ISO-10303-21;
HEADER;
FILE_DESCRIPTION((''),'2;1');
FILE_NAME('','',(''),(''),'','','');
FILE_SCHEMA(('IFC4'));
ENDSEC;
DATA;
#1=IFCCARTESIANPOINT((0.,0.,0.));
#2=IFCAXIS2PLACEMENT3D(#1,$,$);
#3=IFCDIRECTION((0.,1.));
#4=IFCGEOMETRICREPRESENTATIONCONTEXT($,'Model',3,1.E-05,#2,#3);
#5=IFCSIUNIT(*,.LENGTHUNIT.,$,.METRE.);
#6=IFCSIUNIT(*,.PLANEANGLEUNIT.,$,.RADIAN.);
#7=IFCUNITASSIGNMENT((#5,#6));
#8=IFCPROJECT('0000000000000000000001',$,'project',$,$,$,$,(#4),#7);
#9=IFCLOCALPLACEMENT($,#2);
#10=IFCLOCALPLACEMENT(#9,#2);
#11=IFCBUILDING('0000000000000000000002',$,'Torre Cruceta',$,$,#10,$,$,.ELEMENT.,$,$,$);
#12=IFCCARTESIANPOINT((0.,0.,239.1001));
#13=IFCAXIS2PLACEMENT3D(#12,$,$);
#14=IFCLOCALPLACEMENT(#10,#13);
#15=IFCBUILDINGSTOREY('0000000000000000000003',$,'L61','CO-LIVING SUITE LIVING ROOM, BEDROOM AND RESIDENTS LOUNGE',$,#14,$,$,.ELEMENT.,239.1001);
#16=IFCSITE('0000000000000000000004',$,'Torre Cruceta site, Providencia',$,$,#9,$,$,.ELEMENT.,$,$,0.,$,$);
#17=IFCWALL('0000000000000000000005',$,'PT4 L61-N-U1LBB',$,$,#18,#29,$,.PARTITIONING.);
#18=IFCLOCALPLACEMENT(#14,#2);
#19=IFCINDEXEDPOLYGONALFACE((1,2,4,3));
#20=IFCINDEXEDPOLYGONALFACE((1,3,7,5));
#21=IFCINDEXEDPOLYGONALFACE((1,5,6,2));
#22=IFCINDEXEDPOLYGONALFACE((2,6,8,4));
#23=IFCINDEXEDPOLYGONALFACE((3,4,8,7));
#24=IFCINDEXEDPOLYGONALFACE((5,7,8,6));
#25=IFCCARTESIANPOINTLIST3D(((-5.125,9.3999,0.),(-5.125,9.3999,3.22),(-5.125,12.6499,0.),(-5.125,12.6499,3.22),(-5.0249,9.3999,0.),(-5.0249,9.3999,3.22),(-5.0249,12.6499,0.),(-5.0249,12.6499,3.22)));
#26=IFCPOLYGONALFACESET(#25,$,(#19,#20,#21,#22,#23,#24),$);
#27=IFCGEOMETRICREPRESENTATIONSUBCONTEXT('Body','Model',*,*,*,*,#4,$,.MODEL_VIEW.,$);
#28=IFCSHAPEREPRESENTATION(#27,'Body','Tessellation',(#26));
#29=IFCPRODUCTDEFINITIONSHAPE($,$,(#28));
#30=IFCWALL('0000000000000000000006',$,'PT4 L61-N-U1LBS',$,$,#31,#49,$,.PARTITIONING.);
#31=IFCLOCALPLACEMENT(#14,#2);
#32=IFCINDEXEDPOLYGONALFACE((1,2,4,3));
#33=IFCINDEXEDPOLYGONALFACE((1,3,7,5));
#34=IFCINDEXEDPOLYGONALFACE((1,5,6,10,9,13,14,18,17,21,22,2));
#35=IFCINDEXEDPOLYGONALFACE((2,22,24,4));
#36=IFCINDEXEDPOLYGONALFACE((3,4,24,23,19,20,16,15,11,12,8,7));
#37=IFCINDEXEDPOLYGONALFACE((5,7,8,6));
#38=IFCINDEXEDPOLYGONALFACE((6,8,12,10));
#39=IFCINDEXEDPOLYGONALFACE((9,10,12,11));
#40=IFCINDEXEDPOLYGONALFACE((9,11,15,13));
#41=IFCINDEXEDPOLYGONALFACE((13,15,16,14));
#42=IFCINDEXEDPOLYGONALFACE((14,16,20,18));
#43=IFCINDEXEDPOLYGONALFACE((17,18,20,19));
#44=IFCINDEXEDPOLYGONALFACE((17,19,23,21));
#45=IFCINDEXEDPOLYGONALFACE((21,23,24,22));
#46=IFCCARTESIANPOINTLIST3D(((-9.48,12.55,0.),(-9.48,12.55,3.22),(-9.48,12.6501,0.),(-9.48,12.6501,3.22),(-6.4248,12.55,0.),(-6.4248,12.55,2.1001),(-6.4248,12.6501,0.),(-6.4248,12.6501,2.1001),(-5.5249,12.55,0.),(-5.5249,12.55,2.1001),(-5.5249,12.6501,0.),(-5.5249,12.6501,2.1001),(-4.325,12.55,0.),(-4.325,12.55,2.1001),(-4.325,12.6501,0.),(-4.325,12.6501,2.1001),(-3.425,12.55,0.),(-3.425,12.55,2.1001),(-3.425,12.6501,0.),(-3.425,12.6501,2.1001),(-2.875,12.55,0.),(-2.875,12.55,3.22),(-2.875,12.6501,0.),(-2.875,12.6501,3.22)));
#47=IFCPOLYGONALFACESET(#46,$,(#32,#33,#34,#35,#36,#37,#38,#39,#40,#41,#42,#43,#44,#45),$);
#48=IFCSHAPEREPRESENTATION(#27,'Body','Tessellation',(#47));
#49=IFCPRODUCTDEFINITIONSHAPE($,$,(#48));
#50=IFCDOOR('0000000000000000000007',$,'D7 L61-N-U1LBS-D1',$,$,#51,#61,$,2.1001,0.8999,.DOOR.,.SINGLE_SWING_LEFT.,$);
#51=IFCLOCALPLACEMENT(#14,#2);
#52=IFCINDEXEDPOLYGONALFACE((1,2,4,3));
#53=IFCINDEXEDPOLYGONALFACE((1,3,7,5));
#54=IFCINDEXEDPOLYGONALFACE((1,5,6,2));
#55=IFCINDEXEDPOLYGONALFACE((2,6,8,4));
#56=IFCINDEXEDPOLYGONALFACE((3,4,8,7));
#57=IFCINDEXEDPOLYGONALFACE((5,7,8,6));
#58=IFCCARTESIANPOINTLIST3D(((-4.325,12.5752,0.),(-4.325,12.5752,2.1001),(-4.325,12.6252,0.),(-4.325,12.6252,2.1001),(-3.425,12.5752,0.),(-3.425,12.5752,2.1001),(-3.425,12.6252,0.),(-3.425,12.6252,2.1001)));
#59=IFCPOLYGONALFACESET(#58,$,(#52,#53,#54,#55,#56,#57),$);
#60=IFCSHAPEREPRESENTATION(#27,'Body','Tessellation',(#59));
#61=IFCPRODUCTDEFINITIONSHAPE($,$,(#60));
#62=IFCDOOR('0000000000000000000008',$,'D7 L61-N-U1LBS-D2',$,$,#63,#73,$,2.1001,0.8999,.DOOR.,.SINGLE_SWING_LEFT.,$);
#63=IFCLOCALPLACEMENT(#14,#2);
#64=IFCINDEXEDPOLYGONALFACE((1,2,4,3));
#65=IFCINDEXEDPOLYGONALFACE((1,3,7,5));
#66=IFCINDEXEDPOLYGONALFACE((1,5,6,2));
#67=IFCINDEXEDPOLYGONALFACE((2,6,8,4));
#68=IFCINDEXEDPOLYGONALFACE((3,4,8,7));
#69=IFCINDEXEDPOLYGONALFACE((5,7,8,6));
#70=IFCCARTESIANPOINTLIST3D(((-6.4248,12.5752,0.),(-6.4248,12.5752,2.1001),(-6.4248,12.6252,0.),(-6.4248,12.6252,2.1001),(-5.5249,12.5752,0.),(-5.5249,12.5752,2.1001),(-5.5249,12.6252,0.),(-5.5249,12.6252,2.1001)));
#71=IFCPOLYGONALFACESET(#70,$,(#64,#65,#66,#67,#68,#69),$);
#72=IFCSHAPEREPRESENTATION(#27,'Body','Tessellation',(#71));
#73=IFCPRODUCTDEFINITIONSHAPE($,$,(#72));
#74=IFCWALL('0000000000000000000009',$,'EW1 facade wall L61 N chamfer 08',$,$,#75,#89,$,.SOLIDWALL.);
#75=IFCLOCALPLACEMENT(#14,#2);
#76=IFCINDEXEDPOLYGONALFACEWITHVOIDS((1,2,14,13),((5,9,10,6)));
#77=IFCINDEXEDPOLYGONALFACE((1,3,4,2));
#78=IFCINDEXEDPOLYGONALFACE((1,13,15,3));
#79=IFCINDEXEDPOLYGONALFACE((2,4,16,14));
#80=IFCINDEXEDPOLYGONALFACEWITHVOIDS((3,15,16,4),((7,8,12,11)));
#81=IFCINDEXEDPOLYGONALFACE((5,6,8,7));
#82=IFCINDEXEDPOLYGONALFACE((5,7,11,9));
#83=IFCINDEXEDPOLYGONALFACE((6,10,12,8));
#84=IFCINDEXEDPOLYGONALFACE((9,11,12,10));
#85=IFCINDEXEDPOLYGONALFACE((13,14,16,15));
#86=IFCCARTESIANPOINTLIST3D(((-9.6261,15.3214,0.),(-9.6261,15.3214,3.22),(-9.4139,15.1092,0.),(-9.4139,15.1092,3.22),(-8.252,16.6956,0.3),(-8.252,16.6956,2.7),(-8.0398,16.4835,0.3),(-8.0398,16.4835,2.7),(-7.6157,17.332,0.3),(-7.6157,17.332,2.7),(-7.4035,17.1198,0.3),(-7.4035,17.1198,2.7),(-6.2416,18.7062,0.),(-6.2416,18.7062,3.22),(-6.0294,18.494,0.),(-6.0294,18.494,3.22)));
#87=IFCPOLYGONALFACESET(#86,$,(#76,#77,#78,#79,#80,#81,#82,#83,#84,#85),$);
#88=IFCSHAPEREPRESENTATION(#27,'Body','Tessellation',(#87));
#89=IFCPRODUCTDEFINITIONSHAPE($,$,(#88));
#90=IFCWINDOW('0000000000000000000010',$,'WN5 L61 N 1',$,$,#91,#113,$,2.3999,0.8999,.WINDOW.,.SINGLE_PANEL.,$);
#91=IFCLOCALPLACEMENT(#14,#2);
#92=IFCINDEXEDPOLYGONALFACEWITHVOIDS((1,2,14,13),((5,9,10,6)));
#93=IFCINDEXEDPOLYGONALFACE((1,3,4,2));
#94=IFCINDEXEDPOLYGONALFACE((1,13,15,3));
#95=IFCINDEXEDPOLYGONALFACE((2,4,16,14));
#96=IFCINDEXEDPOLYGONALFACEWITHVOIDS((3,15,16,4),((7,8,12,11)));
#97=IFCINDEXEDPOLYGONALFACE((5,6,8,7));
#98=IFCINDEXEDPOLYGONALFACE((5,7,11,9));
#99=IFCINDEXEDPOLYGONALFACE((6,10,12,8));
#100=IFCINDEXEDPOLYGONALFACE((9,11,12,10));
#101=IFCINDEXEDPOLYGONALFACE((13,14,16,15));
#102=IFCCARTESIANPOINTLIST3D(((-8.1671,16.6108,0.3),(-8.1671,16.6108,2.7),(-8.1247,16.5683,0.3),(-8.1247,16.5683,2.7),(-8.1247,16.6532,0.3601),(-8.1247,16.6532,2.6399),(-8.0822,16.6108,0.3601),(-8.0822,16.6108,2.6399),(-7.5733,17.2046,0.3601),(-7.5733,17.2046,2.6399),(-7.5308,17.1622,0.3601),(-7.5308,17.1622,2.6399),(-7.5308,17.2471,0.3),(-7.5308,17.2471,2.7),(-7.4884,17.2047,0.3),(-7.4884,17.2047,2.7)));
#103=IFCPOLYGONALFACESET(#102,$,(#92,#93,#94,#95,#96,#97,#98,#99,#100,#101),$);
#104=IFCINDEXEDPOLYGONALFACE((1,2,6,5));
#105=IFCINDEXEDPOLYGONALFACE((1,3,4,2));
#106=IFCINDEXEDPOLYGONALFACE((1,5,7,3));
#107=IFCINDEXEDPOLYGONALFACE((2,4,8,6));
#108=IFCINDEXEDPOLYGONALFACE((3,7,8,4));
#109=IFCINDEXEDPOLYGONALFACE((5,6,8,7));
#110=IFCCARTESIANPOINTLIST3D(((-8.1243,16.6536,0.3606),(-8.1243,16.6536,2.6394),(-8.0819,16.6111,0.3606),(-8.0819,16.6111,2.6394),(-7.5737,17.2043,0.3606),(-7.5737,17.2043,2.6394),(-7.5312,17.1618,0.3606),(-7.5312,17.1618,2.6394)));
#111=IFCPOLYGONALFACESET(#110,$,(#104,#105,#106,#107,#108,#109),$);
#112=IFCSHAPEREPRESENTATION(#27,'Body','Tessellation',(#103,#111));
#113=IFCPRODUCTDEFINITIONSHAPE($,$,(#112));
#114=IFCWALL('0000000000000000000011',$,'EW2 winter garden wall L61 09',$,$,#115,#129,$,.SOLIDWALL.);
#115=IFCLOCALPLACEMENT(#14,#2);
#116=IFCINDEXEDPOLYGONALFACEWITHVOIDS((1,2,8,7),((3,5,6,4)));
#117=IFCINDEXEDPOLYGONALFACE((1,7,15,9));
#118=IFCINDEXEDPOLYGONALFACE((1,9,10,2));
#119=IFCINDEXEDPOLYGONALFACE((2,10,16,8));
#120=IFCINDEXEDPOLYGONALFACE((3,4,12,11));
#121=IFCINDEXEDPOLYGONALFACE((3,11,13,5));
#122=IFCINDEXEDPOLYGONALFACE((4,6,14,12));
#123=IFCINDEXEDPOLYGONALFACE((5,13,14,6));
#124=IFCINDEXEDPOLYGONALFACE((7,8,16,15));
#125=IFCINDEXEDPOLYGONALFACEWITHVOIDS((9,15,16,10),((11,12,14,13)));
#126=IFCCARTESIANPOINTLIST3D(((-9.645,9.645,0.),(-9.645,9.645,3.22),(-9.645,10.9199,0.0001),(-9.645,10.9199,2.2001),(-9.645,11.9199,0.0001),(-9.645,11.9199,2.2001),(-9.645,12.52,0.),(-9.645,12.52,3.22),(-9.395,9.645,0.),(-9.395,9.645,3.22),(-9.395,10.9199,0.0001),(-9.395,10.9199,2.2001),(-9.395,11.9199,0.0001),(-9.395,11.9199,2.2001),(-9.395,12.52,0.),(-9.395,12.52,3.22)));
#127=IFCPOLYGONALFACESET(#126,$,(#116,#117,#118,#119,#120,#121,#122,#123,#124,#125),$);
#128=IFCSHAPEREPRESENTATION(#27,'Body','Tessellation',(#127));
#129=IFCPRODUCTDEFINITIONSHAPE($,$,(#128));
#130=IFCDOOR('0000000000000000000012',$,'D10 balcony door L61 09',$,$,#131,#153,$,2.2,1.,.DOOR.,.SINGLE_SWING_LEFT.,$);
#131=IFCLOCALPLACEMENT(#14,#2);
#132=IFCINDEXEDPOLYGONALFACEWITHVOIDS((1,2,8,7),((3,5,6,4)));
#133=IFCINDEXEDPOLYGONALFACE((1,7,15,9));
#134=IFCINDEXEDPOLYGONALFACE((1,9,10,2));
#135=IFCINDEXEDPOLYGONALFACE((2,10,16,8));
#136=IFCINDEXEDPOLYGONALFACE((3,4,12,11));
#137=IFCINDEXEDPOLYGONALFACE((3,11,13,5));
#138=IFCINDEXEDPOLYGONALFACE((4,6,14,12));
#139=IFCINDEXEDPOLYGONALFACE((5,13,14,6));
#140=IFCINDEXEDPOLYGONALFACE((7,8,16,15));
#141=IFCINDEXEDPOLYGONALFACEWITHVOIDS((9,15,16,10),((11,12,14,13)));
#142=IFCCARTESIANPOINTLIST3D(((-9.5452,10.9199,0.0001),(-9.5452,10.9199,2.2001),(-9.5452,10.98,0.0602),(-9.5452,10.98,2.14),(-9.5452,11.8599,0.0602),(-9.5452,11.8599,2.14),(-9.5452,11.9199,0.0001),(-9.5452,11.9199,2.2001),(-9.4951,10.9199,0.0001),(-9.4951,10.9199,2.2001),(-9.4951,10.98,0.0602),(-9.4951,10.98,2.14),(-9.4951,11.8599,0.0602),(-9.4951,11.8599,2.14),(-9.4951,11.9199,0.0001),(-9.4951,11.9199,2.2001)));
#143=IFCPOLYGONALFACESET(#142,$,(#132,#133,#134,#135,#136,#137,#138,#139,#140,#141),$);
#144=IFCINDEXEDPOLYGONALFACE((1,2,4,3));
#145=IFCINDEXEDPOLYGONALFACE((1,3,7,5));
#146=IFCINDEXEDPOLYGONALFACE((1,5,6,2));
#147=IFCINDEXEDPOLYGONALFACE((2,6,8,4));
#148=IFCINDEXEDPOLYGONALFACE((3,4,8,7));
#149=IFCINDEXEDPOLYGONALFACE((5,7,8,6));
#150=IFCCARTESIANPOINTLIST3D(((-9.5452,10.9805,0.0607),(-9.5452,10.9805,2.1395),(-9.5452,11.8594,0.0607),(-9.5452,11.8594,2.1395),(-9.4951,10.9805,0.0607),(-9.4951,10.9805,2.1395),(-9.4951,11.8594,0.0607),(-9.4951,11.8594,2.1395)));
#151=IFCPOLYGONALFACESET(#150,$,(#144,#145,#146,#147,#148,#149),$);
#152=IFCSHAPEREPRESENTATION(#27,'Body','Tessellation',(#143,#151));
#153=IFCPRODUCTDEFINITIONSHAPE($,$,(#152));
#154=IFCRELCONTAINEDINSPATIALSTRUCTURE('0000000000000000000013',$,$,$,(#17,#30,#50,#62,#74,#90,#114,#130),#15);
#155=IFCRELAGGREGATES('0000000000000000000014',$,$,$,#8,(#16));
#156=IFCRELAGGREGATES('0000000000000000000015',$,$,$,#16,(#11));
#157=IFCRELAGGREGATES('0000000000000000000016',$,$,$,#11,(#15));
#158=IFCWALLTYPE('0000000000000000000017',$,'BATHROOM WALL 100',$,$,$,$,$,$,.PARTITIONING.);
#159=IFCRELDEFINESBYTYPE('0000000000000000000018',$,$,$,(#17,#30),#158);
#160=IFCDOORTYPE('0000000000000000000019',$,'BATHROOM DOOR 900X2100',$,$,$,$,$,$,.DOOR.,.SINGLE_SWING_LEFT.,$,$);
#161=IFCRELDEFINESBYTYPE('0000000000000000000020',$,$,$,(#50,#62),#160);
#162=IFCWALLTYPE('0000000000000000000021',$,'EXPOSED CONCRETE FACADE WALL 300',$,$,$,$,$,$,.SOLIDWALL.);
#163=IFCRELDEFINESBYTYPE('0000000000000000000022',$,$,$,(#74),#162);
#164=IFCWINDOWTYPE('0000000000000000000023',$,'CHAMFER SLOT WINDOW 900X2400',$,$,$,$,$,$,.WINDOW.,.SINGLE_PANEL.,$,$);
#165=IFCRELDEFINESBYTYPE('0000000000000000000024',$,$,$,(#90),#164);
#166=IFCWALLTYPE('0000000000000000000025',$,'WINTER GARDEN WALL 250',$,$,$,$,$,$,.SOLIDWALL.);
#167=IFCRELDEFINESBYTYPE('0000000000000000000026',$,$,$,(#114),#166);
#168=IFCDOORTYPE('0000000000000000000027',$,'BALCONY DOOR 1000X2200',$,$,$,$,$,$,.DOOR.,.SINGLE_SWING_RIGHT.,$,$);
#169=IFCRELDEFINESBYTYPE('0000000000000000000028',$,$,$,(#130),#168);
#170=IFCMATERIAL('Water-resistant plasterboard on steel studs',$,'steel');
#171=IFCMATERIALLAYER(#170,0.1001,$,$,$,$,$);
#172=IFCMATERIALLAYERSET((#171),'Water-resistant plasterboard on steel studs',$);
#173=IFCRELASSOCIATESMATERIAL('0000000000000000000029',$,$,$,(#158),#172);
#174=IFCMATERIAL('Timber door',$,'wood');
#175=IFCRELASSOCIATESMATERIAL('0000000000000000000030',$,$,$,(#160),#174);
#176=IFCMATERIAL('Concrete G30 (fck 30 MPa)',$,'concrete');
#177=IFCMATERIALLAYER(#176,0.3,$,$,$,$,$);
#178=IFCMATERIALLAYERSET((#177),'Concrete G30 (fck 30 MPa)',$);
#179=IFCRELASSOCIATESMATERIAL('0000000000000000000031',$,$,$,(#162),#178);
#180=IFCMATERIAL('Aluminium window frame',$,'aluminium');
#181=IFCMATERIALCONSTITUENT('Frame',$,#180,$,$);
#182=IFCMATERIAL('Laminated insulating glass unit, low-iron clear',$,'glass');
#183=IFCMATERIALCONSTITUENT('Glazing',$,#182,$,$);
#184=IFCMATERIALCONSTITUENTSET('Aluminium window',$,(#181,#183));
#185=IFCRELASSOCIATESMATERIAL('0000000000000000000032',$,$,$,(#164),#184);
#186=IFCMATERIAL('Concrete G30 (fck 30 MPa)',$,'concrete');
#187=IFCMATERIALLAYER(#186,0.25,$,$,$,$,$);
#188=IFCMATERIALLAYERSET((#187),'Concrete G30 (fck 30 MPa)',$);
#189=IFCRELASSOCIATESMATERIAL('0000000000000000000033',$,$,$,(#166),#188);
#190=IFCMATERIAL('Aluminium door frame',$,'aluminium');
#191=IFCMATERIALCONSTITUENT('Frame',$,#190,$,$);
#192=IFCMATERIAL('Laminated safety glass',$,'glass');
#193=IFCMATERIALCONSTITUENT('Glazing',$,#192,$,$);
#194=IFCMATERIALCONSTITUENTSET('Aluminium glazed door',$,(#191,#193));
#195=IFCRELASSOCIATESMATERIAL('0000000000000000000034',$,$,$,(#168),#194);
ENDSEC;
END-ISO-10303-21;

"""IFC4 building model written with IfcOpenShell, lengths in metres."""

from ifc_helpers import new_model, si_unit, direction, frame, frame_2d, origin, place, context, subcontext, project, spatial, rectangle, hollow_rectangle, extrude, material, layer, layer_set, constituent, constituent_set, type_object, element, fill, save


model = new_model("IFC4")

# Units and contexts
model_context = context("Model", 3, precision=1e-05, world=origin(), true_north=direction((0.0, 1.0)))
body_context = subcontext(model_context, "Body", "Model", "MODEL_VIEW")
ifc_project = project(units=[si_unit("LENGTHUNIT", "METRE"), si_unit("PLANEANGLEUNIT", "RADIAN")], contexts=[model_context])

# Site, building, storey
site_placement = place(None, origin())
site = spatial("IfcSite", under=ifc_project, at=site_placement, Name="Torre Cruceta site, Providencia", CompositionType="ELEMENT", RefElevation=0.0)
building_placement = place(site_placement, origin())
building = spatial("IfcBuilding", under=site, at=building_placement, Name="Torre Cruceta", CompositionType="ELEMENT")
storey_placement = place(building_placement, frame((0.0, 0.0, 239.1001)))
storey = spatial("IfcBuildingStorey", under=building, at=storey_placement, Name="L61", Description="CO-LIVING SUITE LIVING ROOM, BEDROOM AND RESIDENTS LOUNGE", CompositionType="ELEMENT", Elevation=239.1001)

# Wall
ifc_material_1 = material(Name="Water-resistant plasterboard on steel studs", Category="steel")
ifc_layer_1 = layer(ifc_material_1, 0.1001)
ifc_layer_set_1 = layer_set([ifc_layer_1], Name="Water-resistant plasterboard on steel studs")
wall_type_1 = type_object("IfcWallType", Name="BATHROOM WALL 100", PredefinedType="PARTITIONING", material=ifc_layer_set_1)
wall_1_placement = place(storey_placement, frame((-5.075, 9.3999, 0.0), z_axis=(0.0, 0.0, 1.0), x_axis=(0.0, 1.0, 0.0)))
element("IfcWall", 1, at=wall_1_placement, inside=storey, type_object=wall_type_1, Name="PT4 L61-N-U1LBB", PredefinedType="PARTITIONING", context=body_context, shape_type="SweptSolid", body=[
    extrude(rectangle(XDim=3.25, YDim=0.1001, at=frame_2d((1.625, 0.0))), origin(), (0.0, 0.0, 1.0), 3.22),
])

# Wall, openings, doors
wall_2_placement = place(storey_placement, frame((-2.875, 12.6001, 0.0), z_axis=(0.0, 0.0, 1.0), x_axis=(-1.0, 0.0, 0.0)))
wall_2 = element("IfcWall", 2, at=wall_2_placement, inside=storey, type_object=wall_type_1, Name="PT4 L61-N-U1LBS", PredefinedType="PARTITIONING", context=body_context, shape_type="SweptSolid", body=[
    extrude(rectangle(XDim=6.605, YDim=0.1001, at=frame_2d((3.3025, 0.0))), origin(), (0.0, 0.0, 1.0), 3.22),
])
opening_1_placement = place(wall_2_placement, frame((0.55, 0.0, 0.0)))
opening_1 = element("IfcOpeningElement", 3, at=opening_1_placement, cuts=wall_2, PredefinedType="OPENING", context=body_context, shape_type="SweptSolid", body=[
    extrude(rectangle(XDim=0.8999, YDim=2.1001, at=frame_2d((0.45, 1.05))), frame((0.0, 0.0601, 0.0), z_axis=(0.0, -1.0, 0.0), x_axis=(1.0, 0.0, 0.0)), (0.0, 0.0, 1.0), 0.1201),
])
opening_2_placement = place(wall_2_placement, frame((2.6499, 0.0, 0.0)))
opening_2 = element("IfcOpeningElement", 4, at=opening_2_placement, cuts=wall_2, PredefinedType="OPENING", context=body_context, shape_type="SweptSolid", body=[
    extrude(rectangle(XDim=0.8999, YDim=2.1001, at=frame_2d((0.45, 1.05))), frame((0.0, 0.0601, 0.0), z_axis=(0.0, -1.0, 0.0), x_axis=(1.0, 0.0, 0.0)), (0.0, 0.0, 1.0), 0.1201),
])
ifc_material_2 = material(Name="Timber door", Category="wood")
door_type_1 = type_object("IfcDoorType", Name="BATHROOM DOOR 900X2100", OperationType="SINGLE_SWING_LEFT", PredefinedType="DOOR", material=ifc_material_2)
door_1_placement = place(opening_1_placement, origin())
door_1 = element("IfcDoor", 5, at=door_1_placement, inside=storey, type_object=door_type_1, Name="D7 L61-N-U1LBS-D1", OperationType="SINGLE_SWING_LEFT", OverallHeight=2.1001, OverallWidth=0.8999, PredefinedType="DOOR", context=body_context, shape_type="SweptSolid", body=[
    extrude(rectangle(XDim=0.8999, YDim=2.1001, at=frame_2d((0.45, 1.05))), frame((0.0, 0.0249, 0.0), z_axis=(0.0, -1.0, 0.0), x_axis=(1.0, 0.0, 0.0)), (0.0, 0.0, 1.0), 0.05),
])
fill(opening_1, door_1)
door_2_placement = place(opening_2_placement, origin())
door_2 = element("IfcDoor", 6, at=door_2_placement, inside=storey, type_object=door_type_1, Name="D7 L61-N-U1LBS-D2", OperationType="SINGLE_SWING_LEFT", OverallHeight=2.1001, OverallWidth=0.8999, PredefinedType="DOOR", context=body_context, shape_type="SweptSolid", body=[
    extrude(rectangle(XDim=0.8999, YDim=2.1001, at=frame_2d((0.45, 1.05))), frame((0.0, 0.0249, 0.0), z_axis=(0.0, -1.0, 0.0), x_axis=(1.0, 0.0, 0.0)), (0.0, 0.0, 1.0), 0.05),
])
fill(opening_2, door_2)

# Wall, opening, window
ifc_material_3 = material(Name="Concrete G30 (fck 30 MPa)", Category="concrete")
ifc_layer_2 = layer(ifc_material_3, 0.3)
ifc_layer_set_2 = layer_set([ifc_layer_2], Name="Concrete G30 (fck 30 MPa)")
wall_type_2 = type_object("IfcWallType", Name="EXPOSED CONCRETE FACADE WALL 300", PredefinedType="SOLIDWALL", material=ifc_layer_set_2)
wall_3_placement = place(storey_placement, frame((-6.1355, 18.6001, 0.0), z_axis=(0.0, 0.0, 1.0), x_axis=(-0.707081, -0.707132, 0.0)))
wall_3 = element("IfcWall", 7, at=wall_3_placement, inside=storey, type_object=wall_type_2, Name="EW1 facade wall L61 N chamfer 08", PredefinedType="SOLIDWALL", context=body_context, shape_type="SweptSolid", body=[
    extrude(rectangle(XDim=4.7866, YDim=0.3, at=frame_2d((2.3933, 0.0))), origin(), (0.0, 0.0, 1.0), 3.22),
])
opening_3_placement = place(wall_3_placement, frame((1.9434, 0.0, 0.3)))
opening_3 = element("IfcOpeningElement", 8, at=opening_3_placement, cuts=wall_3, PredefinedType="OPENING", context=body_context, shape_type="SweptSolid", body=[
    extrude(rectangle(XDim=0.8999, YDim=2.3999, at=frame_2d((0.45, 1.2))), frame((0.0, 0.1599, 0.0), z_axis=(0.0, -1.0, 0.0), x_axis=(1.0, 0.0, 0.0)), (0.0, 0.0, 1.0), 0.3201),
])
ifc_material_4 = material(Name="Aluminium window frame", Category="aluminium")
ifc_constituent_1 = constituent(ifc_material_4, Name="Frame")
ifc_material_5 = material(Name="Laminated insulating glass unit, low-iron clear", Category="glass")
ifc_constituent_2 = constituent(ifc_material_5, Name="Glazing")
ifc_constituent_set_1 = constituent_set(constituents=[ifc_constituent_1, ifc_constituent_2], Name="Aluminium window")
window_type = type_object("IfcWindowType", Name="CHAMFER SLOT WINDOW 900X2400", PartitioningType="SINGLE_PANEL", PredefinedType="WINDOW", material=ifc_constituent_set_1)
window_placement = place(opening_3_placement, origin())
window = element("IfcWindow", 9, at=window_placement, inside=storey, type_object=window_type, Name="WN5 L61 N 1", OverallHeight=2.3999, OverallWidth=0.8999, PartitioningType="SINGLE_PANEL", PredefinedType="WINDOW", context=body_context, shape_type="SweptSolid", body=[
    extrude(hollow_rectangle(XDim=0.8999, YDim=2.3999, WallThickness=0.0601, at=frame_2d((0.45, 1.2))), frame((0.0, 0.03, 0.0), z_axis=(0.0, -1.0, 0.0), x_axis=(1.0, 0.0, 0.0)), (0.0, 0.0, 1.0), 0.0601),
    extrude(rectangle(XDim=0.7788, YDim=2.2788, at=frame_2d((0.45, 1.2))), frame((0.0, 0.03, 0.0), z_axis=(0.0, -1.0, 0.0), x_axis=(1.0, 0.0, 0.0)), (0.0, 0.0, 1.0), 0.0601),
])
fill(opening_3, window)

# Wall, opening, door
ifc_material_6 = material(Name="Concrete G30 (fck 30 MPa)", Category="concrete")
ifc_layer_3 = layer(ifc_material_6, 0.25)
ifc_layer_set_3 = layer_set([ifc_layer_3], Name="Concrete G30 (fck 30 MPa)")
wall_type_3 = type_object("IfcWallType", Name="WINTER GARDEN WALL 250", PredefinedType="SOLIDWALL", material=ifc_layer_set_3)
wall_4_placement = place(storey_placement, frame((-9.52, 12.52, 0.0), z_axis=(0.0, 0.0, 1.0), x_axis=(0.0, -1.0, 0.0)))
wall_4 = element("IfcWall", 10, at=wall_4_placement, inside=storey, type_object=wall_type_3, Name="EW2 winter garden wall L61 09", PredefinedType="SOLIDWALL", context=body_context, shape_type="SweptSolid", body=[
    extrude(rectangle(XDim=2.875, YDim=0.25, at=frame_2d((1.4375, 0.0))), origin(), (0.0, 0.0, 1.0), 3.22),
])
opening_4_placement = place(wall_4_placement, frame((0.6001, 0.0, 0.0)))
opening_4 = element("IfcOpeningElement", 11, at=opening_4_placement, cuts=wall_4, PredefinedType="OPENING", context=body_context, shape_type="SweptSolid", body=[
    extrude(rectangle(XDim=1.0, YDim=2.2, at=frame_2d((0.5, 1.1001))), frame((0.0, 0.135, 0.0), z_axis=(0.0, -1.0, 0.0), x_axis=(1.0, 0.0, 0.0)), (0.0, 0.0, 1.0), 0.27),
])
ifc_material_7 = material(Name="Aluminium door frame", Category="aluminium")
ifc_constituent_3 = constituent(ifc_material_7, Name="Frame")
ifc_material_8 = material(Name="Laminated safety glass", Category="glass")
ifc_constituent_4 = constituent(ifc_material_8, Name="Glazing")
ifc_constituent_set_2 = constituent_set(constituents=[ifc_constituent_3, ifc_constituent_4], Name="Aluminium glazed door")
door_type_2 = type_object("IfcDoorType", Name="BALCONY DOOR 1000X2200", OperationType="SINGLE_SWING_RIGHT", PredefinedType="DOOR", material=ifc_constituent_set_2)
door_3_placement = place(opening_4_placement, origin())
door_3 = element("IfcDoor", 12, at=door_3_placement, inside=storey, type_object=door_type_2, Name="D10 balcony door L61 09", OperationType="SINGLE_SWING_LEFT", OverallHeight=2.2, OverallWidth=1.0, PredefinedType="DOOR", context=body_context, shape_type="SweptSolid", body=[
    extrude(hollow_rectangle(XDim=1.0, YDim=2.2, WallThickness=0.0601, at=frame_2d((0.5, 1.1001))), frame((0.0, 0.0249, 0.0), z_axis=(0.0, -1.0, 0.0), x_axis=(1.0, 0.0, 0.0)), (0.0, 0.0, 1.0), 0.05),
    extrude(rectangle(XDim=0.8789, YDim=2.0789, at=frame_2d((0.5, 1.1001))), frame((0.0, 0.0249, 0.0), z_axis=(0.0, -1.0, 0.0), x_axis=(1.0, 0.0, 0.0)), (0.0, 0.0, 1.0), 0.05),
])
fill(opening_4, door_3)

save(model, "model.ifc")
